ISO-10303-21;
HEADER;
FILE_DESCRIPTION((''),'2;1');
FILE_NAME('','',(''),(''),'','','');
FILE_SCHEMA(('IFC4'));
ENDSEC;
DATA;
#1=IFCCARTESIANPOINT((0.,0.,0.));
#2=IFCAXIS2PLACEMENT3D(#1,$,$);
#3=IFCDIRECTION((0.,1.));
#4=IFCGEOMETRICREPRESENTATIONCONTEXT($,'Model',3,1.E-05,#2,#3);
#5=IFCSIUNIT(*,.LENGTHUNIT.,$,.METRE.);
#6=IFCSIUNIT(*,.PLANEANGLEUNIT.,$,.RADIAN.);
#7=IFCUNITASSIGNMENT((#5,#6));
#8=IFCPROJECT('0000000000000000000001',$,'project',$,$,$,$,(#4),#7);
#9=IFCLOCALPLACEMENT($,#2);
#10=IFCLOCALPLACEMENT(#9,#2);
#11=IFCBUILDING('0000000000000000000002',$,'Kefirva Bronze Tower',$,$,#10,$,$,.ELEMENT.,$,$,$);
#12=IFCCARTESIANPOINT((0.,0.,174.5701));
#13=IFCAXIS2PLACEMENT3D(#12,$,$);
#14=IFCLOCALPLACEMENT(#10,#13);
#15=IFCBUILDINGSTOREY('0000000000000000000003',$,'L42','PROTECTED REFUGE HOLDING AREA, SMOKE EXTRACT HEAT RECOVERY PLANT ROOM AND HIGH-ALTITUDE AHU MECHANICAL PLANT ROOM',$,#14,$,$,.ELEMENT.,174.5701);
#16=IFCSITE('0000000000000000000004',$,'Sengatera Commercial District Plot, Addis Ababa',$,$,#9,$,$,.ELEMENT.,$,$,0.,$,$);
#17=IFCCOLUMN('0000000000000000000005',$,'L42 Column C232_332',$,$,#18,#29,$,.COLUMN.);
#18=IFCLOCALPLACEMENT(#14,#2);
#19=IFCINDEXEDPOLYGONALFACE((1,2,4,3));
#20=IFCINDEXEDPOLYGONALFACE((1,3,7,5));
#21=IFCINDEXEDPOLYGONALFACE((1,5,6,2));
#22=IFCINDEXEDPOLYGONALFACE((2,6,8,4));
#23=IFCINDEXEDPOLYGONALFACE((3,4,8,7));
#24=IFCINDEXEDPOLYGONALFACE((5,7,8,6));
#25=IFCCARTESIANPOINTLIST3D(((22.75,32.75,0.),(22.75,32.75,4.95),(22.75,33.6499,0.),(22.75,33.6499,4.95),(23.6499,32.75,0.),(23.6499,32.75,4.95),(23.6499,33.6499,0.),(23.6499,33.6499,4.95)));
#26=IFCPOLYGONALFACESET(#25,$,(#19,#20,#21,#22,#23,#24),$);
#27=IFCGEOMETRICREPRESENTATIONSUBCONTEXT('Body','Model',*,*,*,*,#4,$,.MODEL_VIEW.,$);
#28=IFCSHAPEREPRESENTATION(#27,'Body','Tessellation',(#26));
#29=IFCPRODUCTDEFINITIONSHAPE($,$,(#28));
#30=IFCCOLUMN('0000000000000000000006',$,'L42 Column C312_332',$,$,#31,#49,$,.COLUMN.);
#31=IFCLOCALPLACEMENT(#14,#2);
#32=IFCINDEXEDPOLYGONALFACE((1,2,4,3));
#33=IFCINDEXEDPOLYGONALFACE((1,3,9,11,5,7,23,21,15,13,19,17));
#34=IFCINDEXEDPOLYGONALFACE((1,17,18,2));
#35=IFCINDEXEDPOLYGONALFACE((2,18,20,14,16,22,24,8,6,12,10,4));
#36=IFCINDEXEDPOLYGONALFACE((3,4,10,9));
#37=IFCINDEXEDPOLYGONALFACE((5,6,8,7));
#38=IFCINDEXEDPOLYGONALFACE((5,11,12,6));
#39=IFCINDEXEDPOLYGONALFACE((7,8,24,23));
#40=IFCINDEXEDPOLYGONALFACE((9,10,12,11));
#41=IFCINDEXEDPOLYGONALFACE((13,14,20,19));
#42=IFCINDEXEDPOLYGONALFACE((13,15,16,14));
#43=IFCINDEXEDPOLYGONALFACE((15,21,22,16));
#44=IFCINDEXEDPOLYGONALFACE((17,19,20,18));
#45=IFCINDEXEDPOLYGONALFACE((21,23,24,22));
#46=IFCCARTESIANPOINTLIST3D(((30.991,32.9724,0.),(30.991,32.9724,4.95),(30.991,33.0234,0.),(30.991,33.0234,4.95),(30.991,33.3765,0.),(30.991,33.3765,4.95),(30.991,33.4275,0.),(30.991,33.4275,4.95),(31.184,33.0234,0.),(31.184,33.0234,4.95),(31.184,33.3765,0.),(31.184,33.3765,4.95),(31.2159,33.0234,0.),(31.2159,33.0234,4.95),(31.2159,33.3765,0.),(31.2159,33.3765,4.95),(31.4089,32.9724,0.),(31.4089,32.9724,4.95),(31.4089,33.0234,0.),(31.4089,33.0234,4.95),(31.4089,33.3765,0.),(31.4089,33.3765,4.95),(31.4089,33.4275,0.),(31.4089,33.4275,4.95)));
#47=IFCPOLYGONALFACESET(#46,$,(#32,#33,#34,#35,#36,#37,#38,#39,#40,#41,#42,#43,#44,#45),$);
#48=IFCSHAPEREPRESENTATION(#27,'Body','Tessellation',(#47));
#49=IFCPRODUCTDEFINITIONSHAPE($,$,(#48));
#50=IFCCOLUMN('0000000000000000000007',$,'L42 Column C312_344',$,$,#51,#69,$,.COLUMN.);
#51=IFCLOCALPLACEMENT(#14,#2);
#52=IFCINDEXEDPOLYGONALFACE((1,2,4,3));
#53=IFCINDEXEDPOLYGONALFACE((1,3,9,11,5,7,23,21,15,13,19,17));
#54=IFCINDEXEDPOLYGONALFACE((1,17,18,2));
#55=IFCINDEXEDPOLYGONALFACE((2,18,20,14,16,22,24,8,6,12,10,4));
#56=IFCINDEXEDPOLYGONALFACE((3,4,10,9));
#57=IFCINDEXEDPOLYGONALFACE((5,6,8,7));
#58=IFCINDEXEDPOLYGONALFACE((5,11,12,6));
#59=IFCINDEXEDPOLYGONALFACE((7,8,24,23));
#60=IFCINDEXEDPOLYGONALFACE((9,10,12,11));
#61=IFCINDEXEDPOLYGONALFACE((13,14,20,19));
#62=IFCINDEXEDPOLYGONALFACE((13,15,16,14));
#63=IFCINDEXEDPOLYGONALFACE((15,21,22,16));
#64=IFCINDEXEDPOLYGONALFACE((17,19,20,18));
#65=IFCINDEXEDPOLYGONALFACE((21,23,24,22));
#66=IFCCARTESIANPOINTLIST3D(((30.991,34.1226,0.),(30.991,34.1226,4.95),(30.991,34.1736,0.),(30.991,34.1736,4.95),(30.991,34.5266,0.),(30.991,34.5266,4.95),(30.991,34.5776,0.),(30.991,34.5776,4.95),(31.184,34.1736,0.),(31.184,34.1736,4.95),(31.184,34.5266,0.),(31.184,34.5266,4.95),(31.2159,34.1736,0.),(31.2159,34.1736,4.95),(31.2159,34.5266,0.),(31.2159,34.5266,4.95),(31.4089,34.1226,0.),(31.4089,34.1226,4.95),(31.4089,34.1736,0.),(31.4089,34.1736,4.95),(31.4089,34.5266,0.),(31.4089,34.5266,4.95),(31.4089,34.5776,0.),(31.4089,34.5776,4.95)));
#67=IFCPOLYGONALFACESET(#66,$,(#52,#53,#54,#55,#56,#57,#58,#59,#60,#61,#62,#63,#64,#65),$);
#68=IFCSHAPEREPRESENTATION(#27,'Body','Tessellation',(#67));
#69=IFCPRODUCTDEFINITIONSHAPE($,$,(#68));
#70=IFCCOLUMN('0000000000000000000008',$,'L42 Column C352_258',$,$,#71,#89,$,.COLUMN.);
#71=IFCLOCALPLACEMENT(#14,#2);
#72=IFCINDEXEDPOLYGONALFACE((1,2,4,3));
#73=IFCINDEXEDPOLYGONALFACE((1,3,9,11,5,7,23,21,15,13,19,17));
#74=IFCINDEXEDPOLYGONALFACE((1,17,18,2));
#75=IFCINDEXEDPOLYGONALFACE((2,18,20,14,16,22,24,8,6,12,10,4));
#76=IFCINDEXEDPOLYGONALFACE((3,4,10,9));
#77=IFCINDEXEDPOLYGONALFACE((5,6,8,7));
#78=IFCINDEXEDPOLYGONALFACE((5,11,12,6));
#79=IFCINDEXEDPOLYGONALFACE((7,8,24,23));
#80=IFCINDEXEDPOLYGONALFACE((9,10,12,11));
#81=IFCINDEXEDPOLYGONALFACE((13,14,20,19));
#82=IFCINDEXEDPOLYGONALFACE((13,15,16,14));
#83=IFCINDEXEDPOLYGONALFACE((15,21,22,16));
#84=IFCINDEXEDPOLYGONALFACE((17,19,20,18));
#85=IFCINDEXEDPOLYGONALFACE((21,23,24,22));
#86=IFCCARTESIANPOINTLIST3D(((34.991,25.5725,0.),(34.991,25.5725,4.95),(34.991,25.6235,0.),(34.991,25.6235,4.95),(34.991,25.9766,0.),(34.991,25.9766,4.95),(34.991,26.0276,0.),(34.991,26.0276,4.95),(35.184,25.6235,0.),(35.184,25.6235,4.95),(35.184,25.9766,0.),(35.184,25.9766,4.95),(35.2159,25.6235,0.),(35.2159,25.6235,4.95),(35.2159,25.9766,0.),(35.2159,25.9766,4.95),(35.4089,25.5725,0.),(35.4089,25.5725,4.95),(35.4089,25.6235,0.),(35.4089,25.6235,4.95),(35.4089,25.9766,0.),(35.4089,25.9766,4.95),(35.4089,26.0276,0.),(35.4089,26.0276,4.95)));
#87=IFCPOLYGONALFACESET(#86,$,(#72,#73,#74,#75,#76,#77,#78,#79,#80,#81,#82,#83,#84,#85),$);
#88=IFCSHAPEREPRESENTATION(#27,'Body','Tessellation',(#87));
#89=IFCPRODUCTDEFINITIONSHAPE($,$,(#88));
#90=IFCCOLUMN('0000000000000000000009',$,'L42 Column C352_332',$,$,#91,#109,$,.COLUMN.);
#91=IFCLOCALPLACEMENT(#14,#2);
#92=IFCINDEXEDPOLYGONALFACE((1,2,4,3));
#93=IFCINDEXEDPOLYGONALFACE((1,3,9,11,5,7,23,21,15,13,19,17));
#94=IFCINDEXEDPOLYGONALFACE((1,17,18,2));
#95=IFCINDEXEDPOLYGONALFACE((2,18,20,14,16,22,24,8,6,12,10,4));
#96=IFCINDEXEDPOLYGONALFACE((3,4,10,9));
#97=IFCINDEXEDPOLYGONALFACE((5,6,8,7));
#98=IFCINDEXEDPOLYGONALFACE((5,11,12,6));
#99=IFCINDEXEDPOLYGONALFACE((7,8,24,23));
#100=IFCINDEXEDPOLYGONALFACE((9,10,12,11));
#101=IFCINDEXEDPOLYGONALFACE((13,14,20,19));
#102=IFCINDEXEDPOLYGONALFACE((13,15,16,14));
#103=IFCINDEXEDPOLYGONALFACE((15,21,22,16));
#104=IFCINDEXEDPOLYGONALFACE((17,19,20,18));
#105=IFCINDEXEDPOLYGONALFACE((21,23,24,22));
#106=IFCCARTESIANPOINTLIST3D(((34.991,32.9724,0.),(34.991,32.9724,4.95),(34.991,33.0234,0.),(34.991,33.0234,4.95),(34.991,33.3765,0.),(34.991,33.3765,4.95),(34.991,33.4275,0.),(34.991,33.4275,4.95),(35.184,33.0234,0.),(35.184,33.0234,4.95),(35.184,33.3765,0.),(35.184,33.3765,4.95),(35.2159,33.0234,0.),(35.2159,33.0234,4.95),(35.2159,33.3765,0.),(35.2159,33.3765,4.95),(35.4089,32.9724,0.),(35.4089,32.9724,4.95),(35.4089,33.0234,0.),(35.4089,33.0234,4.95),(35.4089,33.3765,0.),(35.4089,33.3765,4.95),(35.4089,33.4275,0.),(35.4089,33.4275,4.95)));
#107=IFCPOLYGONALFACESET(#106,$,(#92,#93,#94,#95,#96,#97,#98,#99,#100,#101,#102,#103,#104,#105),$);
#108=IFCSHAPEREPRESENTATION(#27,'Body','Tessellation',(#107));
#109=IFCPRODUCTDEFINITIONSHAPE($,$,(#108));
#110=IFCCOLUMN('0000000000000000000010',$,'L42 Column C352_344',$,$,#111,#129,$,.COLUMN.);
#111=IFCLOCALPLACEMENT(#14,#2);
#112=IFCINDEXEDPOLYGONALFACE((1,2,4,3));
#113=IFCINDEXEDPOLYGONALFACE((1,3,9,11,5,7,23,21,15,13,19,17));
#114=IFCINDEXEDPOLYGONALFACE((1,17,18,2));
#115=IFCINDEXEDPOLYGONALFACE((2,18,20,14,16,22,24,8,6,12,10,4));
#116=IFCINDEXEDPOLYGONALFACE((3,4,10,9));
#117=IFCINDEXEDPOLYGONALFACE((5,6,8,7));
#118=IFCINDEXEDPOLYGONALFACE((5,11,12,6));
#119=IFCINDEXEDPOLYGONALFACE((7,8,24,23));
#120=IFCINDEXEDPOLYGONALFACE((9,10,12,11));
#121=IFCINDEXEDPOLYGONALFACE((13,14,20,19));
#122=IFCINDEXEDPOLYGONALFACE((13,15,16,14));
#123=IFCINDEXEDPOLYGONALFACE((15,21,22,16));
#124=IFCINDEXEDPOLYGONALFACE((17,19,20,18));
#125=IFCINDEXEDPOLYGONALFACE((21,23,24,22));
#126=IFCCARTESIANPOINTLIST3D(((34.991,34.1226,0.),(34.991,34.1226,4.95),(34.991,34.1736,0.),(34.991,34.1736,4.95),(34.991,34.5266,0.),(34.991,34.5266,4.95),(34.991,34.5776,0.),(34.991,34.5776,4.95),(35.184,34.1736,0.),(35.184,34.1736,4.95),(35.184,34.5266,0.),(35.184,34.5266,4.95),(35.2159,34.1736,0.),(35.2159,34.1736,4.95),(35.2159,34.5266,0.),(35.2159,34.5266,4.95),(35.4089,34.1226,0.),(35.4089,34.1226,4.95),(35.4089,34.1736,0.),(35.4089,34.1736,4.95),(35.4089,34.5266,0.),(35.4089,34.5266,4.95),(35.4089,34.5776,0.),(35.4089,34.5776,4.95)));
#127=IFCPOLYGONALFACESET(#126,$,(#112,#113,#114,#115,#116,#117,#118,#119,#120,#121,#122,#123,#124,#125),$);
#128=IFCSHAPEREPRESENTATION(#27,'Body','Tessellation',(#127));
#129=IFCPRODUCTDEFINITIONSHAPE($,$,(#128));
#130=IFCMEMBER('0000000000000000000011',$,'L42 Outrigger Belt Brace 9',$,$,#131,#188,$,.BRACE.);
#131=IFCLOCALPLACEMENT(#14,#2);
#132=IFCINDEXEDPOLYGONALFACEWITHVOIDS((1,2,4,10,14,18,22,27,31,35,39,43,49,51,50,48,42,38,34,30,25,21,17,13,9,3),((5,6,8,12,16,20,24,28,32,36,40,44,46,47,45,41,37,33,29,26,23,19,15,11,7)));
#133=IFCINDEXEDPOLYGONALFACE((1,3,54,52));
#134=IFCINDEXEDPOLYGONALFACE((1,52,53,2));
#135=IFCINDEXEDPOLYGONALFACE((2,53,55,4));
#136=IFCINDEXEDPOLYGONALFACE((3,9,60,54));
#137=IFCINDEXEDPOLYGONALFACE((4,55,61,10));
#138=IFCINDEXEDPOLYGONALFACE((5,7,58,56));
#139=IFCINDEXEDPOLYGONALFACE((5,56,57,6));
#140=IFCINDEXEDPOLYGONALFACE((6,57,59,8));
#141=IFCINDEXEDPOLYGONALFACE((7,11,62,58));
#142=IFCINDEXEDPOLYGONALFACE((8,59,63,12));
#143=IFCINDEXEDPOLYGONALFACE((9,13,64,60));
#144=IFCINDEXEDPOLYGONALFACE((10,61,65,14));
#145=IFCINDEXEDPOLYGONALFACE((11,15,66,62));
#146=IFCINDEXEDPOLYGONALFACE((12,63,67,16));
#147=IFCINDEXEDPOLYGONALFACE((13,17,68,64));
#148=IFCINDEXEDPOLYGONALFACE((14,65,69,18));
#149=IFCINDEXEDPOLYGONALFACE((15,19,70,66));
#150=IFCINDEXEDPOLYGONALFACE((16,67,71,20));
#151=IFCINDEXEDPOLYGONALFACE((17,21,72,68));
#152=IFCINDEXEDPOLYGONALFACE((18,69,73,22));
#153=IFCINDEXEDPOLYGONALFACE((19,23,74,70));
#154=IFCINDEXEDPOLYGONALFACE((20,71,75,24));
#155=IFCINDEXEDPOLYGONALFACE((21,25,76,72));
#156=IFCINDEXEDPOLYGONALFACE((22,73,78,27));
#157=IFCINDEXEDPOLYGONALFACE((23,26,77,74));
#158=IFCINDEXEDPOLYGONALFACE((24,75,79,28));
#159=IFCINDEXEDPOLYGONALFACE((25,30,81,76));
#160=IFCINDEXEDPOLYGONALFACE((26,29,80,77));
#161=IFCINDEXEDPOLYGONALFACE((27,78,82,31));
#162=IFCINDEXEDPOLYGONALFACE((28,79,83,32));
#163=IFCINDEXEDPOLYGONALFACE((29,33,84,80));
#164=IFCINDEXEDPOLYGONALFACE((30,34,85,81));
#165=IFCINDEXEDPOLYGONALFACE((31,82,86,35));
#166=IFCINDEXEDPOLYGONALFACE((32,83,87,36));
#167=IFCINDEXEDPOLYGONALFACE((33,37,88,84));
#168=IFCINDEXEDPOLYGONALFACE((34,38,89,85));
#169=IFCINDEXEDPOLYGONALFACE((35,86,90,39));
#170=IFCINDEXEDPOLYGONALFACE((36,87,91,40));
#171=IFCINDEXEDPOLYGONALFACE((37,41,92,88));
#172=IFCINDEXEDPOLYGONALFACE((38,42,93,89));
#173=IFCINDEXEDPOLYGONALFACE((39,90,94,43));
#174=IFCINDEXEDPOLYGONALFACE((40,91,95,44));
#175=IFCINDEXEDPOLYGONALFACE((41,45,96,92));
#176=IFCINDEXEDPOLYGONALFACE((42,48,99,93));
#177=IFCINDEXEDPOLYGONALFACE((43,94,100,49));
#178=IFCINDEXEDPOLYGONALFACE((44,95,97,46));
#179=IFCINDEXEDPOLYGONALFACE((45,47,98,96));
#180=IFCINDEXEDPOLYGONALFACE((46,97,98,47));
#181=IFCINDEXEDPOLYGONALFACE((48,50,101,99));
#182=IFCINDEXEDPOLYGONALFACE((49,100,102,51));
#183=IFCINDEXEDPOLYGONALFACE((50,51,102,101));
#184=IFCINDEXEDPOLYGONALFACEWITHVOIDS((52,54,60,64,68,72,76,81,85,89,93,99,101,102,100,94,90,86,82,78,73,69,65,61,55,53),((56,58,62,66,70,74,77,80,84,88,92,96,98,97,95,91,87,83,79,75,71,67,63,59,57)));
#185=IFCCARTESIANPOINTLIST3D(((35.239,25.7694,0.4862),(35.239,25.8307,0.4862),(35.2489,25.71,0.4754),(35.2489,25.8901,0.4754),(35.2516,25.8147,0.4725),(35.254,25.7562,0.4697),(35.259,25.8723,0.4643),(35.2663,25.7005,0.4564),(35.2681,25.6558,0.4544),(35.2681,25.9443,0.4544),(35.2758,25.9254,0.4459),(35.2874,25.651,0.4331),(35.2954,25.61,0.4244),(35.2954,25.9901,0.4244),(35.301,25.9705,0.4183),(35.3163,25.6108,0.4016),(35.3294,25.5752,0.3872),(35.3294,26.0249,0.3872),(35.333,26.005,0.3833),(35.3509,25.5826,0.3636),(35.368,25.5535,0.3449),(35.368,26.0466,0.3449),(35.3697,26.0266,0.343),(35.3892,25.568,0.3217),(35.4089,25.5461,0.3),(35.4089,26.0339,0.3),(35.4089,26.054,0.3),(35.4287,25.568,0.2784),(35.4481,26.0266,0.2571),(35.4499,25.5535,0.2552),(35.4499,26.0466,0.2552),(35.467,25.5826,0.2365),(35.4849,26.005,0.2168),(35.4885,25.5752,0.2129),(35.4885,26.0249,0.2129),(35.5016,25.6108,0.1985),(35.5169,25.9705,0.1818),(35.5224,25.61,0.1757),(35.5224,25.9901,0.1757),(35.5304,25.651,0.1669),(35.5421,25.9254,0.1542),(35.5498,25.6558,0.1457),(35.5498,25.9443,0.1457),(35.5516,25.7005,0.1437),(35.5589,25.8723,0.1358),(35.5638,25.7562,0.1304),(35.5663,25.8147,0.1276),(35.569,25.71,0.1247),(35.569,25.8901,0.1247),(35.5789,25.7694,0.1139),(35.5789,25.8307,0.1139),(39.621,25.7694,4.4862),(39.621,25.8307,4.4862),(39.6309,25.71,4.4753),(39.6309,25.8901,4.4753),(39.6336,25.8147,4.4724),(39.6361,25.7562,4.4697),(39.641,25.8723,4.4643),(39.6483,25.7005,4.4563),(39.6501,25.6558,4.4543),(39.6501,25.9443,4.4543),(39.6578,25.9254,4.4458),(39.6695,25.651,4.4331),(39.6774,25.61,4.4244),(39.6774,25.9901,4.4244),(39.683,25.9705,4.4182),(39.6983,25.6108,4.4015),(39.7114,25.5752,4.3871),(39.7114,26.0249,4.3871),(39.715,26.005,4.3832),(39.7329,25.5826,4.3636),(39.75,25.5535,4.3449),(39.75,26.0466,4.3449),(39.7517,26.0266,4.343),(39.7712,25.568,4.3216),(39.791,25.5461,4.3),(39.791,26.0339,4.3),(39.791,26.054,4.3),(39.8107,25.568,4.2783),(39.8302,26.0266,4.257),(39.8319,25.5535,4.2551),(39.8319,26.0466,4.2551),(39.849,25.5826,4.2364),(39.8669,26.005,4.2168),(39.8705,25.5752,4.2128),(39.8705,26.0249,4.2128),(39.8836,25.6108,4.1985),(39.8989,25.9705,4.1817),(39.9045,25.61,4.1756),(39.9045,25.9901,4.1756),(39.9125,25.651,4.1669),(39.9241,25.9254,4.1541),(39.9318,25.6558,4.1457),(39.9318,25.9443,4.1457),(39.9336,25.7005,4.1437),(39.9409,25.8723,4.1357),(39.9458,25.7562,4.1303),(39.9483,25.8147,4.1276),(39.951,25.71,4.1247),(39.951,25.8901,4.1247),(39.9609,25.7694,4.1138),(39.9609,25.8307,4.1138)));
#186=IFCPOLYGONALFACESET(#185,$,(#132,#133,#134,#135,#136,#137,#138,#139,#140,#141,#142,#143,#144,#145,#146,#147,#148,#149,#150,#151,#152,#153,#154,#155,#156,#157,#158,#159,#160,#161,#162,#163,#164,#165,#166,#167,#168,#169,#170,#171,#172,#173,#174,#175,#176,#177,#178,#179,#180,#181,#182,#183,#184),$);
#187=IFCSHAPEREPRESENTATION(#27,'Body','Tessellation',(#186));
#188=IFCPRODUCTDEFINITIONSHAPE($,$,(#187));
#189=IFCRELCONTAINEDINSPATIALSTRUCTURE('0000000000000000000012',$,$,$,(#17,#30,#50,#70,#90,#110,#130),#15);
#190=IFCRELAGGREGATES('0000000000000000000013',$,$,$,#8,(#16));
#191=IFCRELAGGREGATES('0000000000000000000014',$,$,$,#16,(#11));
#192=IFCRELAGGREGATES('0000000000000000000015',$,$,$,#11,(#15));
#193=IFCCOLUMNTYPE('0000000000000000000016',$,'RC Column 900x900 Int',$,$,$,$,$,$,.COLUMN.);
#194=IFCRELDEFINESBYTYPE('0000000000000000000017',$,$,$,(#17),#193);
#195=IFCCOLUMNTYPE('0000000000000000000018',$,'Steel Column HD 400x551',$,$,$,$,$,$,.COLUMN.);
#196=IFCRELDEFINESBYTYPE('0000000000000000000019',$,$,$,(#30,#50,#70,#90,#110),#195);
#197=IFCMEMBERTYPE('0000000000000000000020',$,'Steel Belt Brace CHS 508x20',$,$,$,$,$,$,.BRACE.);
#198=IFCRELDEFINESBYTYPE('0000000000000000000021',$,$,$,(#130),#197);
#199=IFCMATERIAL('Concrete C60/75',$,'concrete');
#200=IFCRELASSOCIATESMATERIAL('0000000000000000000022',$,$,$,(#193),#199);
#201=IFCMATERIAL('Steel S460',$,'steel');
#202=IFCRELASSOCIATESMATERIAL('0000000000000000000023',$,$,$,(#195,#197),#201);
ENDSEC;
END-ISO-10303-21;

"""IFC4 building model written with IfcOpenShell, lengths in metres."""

from ifc_helpers import new_model, si_unit, direction, frame, origin, origin_2d, place, context, subcontext, project, spatial, rectangle, hollow_circle, i_section, extrude, material, material_profile, profile_set, type_object, element, save


model = new_model("IFC4")

# Units and contexts
model_context = context("Model", 3, precision=1e-05, world=origin(), true_north=direction((0.0, 1.0)))
body_context = subcontext(model_context, "Body", "Model", "MODEL_VIEW")
ifc_project = project(units=[si_unit("LENGTHUNIT", "METRE"), si_unit("PLANEANGLEUNIT", "RADIAN")], contexts=[model_context])

# Site, building, storey
site_placement = place(None, origin())
site = spatial("IfcSite", under=ifc_project, at=site_placement, Name="Sengatera Commercial District Plot, Addis Ababa", CompositionType="ELEMENT", RefElevation=0.0)
building_placement = place(site_placement, origin())
building = spatial("IfcBuilding", under=site, at=building_placement, Name="Kefirva Bronze Tower", CompositionType="ELEMENT")
storey_placement = place(building_placement, frame((0.0, 0.0, 174.5701)))
storey = spatial("IfcBuildingStorey", under=building, at=storey_placement, Name="L42", Description="PROTECTED REFUGE HOLDING AREA, SMOKE EXTRACT HEAT RECOVERY PLANT ROOM AND HIGH-ALTITUDE AHU MECHANICAL PLANT ROOM", CompositionType="ELEMENT", Elevation=174.5701)

# Columns
ifc_material_1 = material(Name="Concrete C60/75", Category="concrete")
ifc_material_profile_1 = material_profile(ifc_material_1, rectangle(XDim=0.8999, YDim=0.8999, at=origin_2d()), Name="RC 900x900")
ifc_profile_set_1 = profile_set([ifc_material_profile_1], Name="Concrete C60/75")
column_type_1 = type_object("IfcColumnType", Name="RC Column 900x900 Int", PredefinedType="COLUMN", material=ifc_profile_set_1)
column_placement = place(storey_placement, frame((23.2, 33.2, 0.0), z_axis=(0.0, 0.0, 1.0), x_axis=(1.0, 0.0, 0.0)))
element("IfcColumn", 1, at=column_placement, inside=storey, type_object=column_type_1, Name="L42 Column C232_332", PredefinedType="COLUMN", context=body_context, shape_type="SweptSolid", body=[
    extrude(rectangle(XDim=0.8999, YDim=0.8999, at=origin_2d()), origin(), (0.0, 0.0, 1.0), 4.95),
])
ifc_material_2 = material(Name="Steel S460", Category="steel")
ifc_material_profile_2 = material_profile(ifc_material_2, i_section(OverallWidth=0.418, OverallDepth=0.4551, WebThickness=0.032, FlangeThickness=0.051, at=origin_2d()), Name="HD 400x551")
ifc_profile_set_2 = profile_set([ifc_material_profile_2], Name="Steel S460")
column_type_2 = type_object("IfcColumnType", Name="Steel Column HD 400x551", PredefinedType="COLUMN", material=ifc_profile_set_2)
for number, where, z_axis, x_axis, name in (
    (2, (31.2, 33.2, 0.0), (0.0, 0.0, 1.0), (1.0, 0.0, 0.0), "L42 Column C312_332"),
    (3, (31.2, 34.3501, 0.0), (0.0, 0.0, 1.0), (1.0, 0.0, 0.0), "L42 Column C312_344"),
    (4, (35.2, 25.8, 0.0), (0.0, 0.0, 1.0), (1.0, 0.0, 0.0), "L42 Column C352_258"),
    (5, (35.2, 33.2, 0.0), (0.0, 0.0, 1.0), (1.0, 0.0, 0.0), "L42 Column C352_332"),
    (6, (35.2, 34.3501, 0.0), (0.0, 0.0, 1.0), (1.0, 0.0, 0.0), "L42 Column C352_344"),
):
    element("IfcColumn", number, at=place(storey_placement, frame(where, z_axis=z_axis, x_axis=x_axis)), inside=storey, type_object=column_type_2, Name=name, PredefinedType="COLUMN", context=body_context, shape_type="SweptSolid", body=[
        extrude(i_section(OverallWidth=0.418, OverallDepth=0.4551, WebThickness=0.032, FlangeThickness=0.051, at=origin_2d()), origin(), (0.0, 0.0, 1.0), 4.95),
    ])

# Member
ifc_material_profile_3 = material_profile(ifc_material_2, hollow_circle(Radius=0.2539, WallThickness=0.02, at=origin_2d()), Name="CHS 508x20")
ifc_profile_set_3 = profile_set([ifc_material_profile_3], Name="Steel S460")
member_type = type_object("IfcMemberType", Name="Steel Belt Brace CHS 508x20", PredefinedType="BRACE", material=ifc_profile_set_3)
member_placement = place(storey_placement, frame((35.4089, 25.8, 0.3), z_axis=(0.738572, 0.0, 0.674175), x_axis=(0.0, 1.0, 0.0)))
element("IfcMember", 7, at=member_placement, inside=storey, type_object=member_type, Name="L42 Outrigger Belt Brace 9", PredefinedType="BRACE", context=body_context, shape_type="SweptSolid", body=[
    extrude(hollow_circle(Radius=0.2539, WallThickness=0.02, at=origin_2d()), origin(), (0.0, 0.0, 1.0), 5.9331),
])

save(model, "model.ifc")
